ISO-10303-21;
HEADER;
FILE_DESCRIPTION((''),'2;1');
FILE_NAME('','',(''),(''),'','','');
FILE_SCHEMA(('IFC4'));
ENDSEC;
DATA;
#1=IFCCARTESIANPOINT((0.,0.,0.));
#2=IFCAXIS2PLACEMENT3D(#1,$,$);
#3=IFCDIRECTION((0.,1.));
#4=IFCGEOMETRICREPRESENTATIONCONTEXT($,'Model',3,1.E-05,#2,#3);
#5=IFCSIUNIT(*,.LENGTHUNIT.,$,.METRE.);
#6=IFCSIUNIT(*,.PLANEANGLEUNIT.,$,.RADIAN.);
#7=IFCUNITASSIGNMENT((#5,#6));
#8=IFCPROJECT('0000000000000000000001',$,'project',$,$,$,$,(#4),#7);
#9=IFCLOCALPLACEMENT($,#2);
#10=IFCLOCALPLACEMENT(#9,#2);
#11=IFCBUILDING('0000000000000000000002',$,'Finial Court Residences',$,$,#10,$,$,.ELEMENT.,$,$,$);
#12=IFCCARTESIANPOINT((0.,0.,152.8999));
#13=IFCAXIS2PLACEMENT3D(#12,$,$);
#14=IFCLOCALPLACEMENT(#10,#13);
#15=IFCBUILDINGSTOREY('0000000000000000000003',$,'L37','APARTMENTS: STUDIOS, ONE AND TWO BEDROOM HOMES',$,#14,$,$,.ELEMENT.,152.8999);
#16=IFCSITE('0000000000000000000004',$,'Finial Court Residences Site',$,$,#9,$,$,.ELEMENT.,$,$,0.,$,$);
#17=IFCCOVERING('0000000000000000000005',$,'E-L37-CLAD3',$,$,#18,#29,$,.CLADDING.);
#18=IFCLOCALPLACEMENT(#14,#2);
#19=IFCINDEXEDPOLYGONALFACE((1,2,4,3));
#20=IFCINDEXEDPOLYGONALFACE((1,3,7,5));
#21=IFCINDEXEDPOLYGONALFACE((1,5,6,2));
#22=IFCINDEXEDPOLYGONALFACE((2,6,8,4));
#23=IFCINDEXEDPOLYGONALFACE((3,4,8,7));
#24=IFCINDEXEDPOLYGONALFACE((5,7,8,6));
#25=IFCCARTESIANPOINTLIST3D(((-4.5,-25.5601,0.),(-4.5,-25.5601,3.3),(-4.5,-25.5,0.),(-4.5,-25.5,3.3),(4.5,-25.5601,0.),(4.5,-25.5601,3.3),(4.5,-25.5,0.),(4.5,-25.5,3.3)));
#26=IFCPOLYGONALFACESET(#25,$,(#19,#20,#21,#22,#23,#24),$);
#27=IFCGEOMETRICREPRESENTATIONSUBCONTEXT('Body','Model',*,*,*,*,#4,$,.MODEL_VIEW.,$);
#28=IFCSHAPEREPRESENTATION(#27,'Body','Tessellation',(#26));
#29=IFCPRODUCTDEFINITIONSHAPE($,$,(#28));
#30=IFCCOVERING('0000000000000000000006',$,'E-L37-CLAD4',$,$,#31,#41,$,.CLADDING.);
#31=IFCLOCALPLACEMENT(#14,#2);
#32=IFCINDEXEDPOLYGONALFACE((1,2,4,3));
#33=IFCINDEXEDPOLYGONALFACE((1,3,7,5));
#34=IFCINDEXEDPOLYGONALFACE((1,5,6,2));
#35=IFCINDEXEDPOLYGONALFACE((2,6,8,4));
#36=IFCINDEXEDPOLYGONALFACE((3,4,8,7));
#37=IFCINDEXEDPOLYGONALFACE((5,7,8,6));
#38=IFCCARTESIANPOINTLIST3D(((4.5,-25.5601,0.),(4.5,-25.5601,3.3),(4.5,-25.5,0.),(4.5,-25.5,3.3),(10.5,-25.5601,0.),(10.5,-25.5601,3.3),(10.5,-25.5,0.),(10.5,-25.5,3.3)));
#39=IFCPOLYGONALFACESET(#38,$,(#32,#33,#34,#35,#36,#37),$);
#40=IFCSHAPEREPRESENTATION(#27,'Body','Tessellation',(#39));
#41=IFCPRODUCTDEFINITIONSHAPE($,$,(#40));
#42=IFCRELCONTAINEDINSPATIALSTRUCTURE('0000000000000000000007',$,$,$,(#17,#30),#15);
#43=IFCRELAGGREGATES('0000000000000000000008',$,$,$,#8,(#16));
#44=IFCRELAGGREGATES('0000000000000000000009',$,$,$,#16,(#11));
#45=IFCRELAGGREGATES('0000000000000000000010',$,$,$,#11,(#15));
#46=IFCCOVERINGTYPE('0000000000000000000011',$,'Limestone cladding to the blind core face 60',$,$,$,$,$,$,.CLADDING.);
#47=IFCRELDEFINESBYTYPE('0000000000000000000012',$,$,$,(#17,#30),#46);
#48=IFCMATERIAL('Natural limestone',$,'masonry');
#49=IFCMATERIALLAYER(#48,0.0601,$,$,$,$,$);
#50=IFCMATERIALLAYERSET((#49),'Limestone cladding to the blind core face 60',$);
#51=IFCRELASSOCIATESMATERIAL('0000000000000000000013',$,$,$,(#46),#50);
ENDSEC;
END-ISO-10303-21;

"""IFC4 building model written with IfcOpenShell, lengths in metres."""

from ifc_helpers import new_model, si_unit, direction, frame, origin, place, context, subcontext, project, spatial, polyline, outline, extrude, material, layer, layer_set, type_object, element, save


model = new_model("IFC4")

# Units and contexts
model_context = context("Model", 3, precision=1e-05, world=origin(), true_north=direction((0.0, 1.0)))
body_context = subcontext(model_context, "Body", "Model", "MODEL_VIEW")
ifc_project = project(units=[si_unit("LENGTHUNIT", "METRE"), si_unit("PLANEANGLEUNIT", "RADIAN")], contexts=[model_context])

# Site, building, storey
site_placement = place(None, origin())
site = spatial("IfcSite", under=ifc_project, at=site_placement, Name="Finial Court Residences Site", CompositionType="ELEMENT", RefElevation=0.0)
building_placement = place(site_placement, origin())
building = spatial("IfcBuilding", under=site, at=building_placement, Name="Finial Court Residences", CompositionType="ELEMENT")
storey_placement = place(building_placement, frame((0.0, 0.0, 152.8999)))
storey = spatial("IfcBuildingStorey", under=building, at=storey_placement, Name="L37", Description="APARTMENTS: STUDIOS, ONE AND TWO BEDROOM HOMES", CompositionType="ELEMENT", Elevation=152.8999)

# Coverings
ifc_material_1 = material(Name="Natural limestone", Category="masonry")
ifc_layer_1 = layer(ifc_material_1, 0.0601)
ifc_layer_set_1 = layer_set([ifc_layer_1], Name="Limestone cladding to the blind core face 60")
covering_type = type_object("IfcCoveringType", Name="Limestone cladding to the blind core face 60", PredefinedType="CLADDING", material=ifc_layer_set_1)
covering_1_placement = place(storey_placement, origin())
element("IfcCovering", 1, at=covering_1_placement, inside=storey, type_object=covering_type, Name="E-L37-CLAD3", PredefinedType="CLADDING", context=body_context, shape_type="SweptSolid", body=[
    extrude(outline(polyline([(4.5, -25.5601), (4.5, -25.5), (-4.5, -25.5), (-4.5, -25.5601), (4.5, -25.5601)])), origin(), (0.0, 0.0, 1.0), 3.3),
])
covering_2_placement = place(storey_placement, origin())
element("IfcCovering", 2, at=covering_2_placement, inside=storey, type_object=covering_type, Name="E-L37-CLAD4", PredefinedType="CLADDING", context=body_context, shape_type="SweptSolid", body=[
    extrude(outline(polyline([(10.5, -25.5601), (10.5, -25.5), (4.5, -25.5), (4.5, -25.5601), (10.5, -25.5601)])), origin(), (0.0, 0.0, 1.0), 3.3),
])

save(model, "model.ifc")
